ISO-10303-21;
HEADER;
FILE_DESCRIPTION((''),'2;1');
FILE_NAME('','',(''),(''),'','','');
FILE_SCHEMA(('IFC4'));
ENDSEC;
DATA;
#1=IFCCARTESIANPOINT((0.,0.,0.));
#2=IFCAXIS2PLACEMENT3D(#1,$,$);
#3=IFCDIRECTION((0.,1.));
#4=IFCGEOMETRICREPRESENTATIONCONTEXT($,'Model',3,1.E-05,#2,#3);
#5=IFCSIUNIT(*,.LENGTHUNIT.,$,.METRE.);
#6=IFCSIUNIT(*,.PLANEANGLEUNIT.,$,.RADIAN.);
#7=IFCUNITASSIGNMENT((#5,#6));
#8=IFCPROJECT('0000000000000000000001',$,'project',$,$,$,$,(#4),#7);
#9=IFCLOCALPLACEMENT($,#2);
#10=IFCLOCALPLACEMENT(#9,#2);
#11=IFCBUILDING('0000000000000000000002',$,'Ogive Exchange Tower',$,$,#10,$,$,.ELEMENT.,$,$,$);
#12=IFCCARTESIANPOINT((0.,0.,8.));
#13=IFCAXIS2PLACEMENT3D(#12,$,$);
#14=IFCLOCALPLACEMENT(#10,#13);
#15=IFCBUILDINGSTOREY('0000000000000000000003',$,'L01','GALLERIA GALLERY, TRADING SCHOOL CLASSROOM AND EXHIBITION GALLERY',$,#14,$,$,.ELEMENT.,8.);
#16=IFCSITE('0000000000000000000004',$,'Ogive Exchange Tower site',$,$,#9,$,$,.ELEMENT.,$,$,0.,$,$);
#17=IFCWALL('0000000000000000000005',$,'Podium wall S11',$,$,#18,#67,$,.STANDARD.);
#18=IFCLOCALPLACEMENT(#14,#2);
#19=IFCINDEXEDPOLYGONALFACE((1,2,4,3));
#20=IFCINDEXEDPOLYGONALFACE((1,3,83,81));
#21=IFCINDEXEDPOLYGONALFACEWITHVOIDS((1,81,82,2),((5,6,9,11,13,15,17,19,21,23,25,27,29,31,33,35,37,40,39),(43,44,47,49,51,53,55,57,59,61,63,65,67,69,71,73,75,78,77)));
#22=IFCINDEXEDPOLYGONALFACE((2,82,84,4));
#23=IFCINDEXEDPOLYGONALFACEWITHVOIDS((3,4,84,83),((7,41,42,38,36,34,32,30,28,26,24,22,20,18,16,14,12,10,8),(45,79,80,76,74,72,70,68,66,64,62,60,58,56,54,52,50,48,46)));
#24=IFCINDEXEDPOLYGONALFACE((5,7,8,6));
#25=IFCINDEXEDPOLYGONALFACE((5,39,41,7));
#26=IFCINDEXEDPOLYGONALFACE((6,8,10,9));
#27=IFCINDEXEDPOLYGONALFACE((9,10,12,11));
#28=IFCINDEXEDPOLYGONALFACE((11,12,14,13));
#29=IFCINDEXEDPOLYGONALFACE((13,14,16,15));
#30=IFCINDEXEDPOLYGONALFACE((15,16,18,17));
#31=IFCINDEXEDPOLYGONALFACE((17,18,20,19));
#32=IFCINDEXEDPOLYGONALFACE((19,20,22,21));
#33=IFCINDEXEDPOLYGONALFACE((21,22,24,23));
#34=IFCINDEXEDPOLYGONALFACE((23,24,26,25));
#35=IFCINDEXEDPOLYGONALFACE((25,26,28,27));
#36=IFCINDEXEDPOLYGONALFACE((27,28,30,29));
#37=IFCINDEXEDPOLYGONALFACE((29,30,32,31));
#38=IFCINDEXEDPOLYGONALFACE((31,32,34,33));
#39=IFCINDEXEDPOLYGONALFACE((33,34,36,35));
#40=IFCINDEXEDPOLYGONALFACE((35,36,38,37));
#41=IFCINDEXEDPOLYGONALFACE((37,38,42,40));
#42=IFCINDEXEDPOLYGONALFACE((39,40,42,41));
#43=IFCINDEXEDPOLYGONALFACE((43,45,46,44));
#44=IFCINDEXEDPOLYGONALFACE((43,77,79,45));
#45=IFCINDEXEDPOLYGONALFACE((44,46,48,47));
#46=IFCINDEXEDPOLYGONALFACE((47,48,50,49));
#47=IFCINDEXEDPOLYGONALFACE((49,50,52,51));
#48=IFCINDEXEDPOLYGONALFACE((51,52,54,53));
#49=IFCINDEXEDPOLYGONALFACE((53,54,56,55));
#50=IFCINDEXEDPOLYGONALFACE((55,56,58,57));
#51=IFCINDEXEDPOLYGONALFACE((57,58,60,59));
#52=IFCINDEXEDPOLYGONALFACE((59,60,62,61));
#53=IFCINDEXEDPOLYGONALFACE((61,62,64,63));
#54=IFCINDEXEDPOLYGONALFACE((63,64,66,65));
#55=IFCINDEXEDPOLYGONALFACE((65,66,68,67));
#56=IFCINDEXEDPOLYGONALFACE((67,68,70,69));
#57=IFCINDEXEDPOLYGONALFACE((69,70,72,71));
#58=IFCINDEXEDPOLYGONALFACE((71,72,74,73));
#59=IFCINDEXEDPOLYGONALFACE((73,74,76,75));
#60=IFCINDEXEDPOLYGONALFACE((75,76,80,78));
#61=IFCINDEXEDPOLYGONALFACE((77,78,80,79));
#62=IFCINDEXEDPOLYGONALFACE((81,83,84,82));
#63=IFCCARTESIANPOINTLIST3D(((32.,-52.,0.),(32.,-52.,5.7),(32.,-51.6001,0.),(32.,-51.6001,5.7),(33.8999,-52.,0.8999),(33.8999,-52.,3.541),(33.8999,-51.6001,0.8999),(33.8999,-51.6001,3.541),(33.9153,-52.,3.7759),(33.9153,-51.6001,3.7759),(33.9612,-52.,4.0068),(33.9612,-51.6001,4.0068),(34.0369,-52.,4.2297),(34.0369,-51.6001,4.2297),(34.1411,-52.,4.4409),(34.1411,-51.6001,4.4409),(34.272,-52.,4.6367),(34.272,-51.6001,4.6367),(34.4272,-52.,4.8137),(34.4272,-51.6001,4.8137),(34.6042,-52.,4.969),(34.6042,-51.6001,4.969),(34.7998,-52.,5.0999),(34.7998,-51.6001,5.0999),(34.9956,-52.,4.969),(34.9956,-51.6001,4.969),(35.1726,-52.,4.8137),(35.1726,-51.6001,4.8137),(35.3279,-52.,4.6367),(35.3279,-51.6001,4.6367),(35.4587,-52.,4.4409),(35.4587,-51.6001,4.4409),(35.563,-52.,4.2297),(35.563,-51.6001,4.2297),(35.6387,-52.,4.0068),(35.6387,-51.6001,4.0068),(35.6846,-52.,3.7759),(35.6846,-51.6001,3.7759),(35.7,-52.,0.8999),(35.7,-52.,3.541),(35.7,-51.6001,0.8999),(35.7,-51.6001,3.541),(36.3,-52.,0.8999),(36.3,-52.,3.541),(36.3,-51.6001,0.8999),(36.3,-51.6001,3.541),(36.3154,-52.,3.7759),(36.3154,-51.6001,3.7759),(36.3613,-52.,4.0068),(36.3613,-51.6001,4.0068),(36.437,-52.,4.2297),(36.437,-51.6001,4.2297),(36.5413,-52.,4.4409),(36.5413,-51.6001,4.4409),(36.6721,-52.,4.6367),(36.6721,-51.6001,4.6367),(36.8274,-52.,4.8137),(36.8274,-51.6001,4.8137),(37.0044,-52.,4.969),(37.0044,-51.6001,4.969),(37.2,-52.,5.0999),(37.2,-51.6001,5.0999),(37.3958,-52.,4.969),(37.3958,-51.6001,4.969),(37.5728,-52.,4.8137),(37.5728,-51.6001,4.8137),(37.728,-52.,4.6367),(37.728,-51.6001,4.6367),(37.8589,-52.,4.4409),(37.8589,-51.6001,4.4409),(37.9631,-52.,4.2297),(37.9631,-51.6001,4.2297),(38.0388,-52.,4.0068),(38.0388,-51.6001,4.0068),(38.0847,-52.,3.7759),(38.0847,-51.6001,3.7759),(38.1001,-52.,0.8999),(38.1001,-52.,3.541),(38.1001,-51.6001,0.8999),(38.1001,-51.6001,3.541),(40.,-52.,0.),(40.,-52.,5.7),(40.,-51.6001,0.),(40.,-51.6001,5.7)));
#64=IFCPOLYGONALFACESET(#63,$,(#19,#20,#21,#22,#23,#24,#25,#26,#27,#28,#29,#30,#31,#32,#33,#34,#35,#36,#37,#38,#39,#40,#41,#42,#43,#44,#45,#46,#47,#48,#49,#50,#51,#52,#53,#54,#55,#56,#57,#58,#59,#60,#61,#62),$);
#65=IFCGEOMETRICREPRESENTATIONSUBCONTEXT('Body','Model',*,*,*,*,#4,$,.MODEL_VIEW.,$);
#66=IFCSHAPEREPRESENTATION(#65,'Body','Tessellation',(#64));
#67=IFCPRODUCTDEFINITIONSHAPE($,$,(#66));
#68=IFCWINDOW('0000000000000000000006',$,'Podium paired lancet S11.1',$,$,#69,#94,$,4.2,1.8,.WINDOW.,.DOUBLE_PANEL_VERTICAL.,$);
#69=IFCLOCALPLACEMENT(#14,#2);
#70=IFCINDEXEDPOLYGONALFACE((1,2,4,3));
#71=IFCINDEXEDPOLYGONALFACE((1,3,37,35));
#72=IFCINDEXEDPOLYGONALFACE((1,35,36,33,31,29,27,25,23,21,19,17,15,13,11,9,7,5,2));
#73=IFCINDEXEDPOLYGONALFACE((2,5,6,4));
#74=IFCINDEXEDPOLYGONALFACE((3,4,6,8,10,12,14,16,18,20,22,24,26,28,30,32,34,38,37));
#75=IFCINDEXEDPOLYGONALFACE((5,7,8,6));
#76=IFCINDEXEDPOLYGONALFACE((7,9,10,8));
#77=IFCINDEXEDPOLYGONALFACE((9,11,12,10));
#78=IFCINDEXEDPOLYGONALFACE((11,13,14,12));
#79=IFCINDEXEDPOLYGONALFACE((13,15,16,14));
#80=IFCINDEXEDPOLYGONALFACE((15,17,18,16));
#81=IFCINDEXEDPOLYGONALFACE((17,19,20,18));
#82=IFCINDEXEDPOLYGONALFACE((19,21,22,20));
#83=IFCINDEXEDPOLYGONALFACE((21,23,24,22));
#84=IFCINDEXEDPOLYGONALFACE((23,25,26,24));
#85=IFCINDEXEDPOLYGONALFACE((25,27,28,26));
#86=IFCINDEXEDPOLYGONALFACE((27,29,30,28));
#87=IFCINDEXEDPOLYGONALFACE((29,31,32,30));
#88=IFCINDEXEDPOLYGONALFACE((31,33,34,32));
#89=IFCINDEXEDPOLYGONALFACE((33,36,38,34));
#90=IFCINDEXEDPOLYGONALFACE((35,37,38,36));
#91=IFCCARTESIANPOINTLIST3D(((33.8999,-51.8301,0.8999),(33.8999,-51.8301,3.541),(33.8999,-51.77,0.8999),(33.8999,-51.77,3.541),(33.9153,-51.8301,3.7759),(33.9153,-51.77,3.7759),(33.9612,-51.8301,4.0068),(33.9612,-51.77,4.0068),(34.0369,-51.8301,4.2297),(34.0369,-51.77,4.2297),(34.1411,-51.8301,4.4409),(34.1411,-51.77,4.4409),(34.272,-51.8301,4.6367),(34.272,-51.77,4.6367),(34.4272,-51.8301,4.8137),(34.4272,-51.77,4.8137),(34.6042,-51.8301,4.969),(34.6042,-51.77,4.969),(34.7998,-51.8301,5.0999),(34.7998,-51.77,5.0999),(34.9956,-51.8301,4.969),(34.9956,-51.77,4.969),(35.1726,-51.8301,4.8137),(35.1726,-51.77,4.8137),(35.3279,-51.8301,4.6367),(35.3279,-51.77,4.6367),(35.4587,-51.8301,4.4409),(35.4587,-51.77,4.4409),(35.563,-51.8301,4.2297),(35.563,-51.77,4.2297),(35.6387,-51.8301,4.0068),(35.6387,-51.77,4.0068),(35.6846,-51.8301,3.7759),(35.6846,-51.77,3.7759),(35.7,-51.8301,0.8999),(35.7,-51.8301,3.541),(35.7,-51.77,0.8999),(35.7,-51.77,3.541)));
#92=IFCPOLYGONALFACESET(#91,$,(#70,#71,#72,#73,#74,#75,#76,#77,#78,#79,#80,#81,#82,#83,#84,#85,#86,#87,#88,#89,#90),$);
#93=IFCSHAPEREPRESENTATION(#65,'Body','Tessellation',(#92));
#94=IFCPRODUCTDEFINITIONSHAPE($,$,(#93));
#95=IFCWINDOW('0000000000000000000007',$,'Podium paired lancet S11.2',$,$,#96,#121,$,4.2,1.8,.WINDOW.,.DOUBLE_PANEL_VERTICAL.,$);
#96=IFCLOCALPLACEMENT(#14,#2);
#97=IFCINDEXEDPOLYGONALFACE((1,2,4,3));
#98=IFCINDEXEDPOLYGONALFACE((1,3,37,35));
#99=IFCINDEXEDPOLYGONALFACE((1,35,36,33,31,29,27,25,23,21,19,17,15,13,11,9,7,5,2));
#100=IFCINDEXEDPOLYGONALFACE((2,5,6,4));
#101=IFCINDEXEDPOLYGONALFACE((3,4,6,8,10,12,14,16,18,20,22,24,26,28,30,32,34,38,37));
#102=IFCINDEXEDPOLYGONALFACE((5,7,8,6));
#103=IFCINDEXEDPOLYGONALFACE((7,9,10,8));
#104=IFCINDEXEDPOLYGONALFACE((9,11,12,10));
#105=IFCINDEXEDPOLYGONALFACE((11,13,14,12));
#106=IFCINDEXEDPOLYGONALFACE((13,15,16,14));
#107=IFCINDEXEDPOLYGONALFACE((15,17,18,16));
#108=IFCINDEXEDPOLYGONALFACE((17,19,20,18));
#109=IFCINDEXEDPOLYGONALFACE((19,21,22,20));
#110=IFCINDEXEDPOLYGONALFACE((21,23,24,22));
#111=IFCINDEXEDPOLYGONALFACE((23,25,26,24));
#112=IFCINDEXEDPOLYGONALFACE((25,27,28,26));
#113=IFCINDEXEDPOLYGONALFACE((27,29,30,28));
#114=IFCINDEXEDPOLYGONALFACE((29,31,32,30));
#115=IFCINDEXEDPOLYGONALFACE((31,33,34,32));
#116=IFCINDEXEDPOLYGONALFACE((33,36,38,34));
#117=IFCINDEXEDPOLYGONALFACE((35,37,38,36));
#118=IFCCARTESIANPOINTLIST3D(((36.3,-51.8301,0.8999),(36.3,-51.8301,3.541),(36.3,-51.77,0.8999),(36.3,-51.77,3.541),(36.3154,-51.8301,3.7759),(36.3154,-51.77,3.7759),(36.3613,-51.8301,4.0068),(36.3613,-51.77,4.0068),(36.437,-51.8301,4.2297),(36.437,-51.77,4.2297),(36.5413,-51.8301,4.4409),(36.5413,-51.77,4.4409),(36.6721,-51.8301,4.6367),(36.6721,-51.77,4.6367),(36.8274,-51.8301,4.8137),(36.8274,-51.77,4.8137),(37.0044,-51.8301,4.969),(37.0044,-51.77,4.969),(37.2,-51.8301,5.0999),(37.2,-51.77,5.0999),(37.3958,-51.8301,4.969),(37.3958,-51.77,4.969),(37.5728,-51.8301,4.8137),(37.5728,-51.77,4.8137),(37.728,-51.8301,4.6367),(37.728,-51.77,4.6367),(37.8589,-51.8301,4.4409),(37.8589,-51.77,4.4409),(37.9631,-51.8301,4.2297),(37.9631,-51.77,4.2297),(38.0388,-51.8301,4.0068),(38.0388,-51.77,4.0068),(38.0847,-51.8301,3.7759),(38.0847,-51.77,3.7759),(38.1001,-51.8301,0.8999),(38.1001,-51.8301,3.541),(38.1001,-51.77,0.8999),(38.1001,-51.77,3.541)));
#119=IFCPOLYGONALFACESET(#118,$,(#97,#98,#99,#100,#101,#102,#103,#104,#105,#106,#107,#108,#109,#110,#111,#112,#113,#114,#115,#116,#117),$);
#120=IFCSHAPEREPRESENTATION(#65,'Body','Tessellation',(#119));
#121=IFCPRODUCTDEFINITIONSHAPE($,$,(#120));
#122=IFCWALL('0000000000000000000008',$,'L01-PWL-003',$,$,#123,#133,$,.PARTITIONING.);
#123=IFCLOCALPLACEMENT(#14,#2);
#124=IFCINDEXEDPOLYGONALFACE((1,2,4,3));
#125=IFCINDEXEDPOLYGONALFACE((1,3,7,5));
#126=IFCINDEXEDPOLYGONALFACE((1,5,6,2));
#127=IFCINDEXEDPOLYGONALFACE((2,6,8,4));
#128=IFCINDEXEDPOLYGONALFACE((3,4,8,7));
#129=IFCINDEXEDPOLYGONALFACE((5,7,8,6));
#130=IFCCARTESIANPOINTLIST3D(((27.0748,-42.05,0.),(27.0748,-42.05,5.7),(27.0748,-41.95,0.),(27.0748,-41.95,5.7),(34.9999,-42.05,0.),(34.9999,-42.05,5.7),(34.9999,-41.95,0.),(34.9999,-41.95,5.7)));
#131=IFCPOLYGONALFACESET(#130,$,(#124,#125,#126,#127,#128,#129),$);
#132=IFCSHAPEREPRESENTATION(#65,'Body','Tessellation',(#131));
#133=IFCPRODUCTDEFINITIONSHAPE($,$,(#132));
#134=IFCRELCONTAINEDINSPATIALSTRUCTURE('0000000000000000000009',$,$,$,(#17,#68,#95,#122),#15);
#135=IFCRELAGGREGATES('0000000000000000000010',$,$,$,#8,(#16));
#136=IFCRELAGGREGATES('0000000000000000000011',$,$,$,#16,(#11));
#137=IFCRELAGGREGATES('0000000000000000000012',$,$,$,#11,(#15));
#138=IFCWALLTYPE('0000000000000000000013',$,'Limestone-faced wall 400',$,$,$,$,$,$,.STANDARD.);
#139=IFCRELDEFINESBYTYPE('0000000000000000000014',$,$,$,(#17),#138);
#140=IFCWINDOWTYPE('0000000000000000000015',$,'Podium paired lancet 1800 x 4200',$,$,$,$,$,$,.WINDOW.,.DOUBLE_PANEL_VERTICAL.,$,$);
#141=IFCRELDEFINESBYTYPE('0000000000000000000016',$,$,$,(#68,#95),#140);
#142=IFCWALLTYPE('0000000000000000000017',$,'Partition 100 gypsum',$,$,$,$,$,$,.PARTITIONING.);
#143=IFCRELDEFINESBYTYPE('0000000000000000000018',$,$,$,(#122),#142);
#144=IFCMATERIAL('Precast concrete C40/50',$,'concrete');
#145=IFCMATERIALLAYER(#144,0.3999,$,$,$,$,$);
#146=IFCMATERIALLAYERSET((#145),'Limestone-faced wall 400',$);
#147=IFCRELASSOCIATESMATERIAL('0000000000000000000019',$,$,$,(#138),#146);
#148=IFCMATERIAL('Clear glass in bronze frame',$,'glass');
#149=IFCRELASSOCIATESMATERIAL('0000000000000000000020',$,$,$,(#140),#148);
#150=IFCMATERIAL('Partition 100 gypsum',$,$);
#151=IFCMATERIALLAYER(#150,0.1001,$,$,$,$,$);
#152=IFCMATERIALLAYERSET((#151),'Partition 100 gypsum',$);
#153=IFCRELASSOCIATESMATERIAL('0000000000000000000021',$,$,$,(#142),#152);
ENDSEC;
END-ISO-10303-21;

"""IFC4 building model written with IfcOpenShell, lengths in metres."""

from ifc_helpers import new_model, si_unit, direction, frame, frame_2d, origin, place, context, subcontext, project, spatial, polyline, rectangle, outline, extrude, material, layer, layer_set, type_object, element, fill, save


model = new_model("IFC4")

# Units and contexts
model_context = context("Model", 3, precision=1e-05, world=origin(), true_north=direction((0.0, 1.0)))
body_context = subcontext(model_context, "Body", "Model", "MODEL_VIEW")
ifc_project = project(units=[si_unit("LENGTHUNIT", "METRE"), si_unit("PLANEANGLEUNIT", "RADIAN")], contexts=[model_context])

# Site, building, storey
site_placement = place(None, origin())
site = spatial("IfcSite", under=ifc_project, at=site_placement, Name="Ogive Exchange Tower site", CompositionType="ELEMENT", RefElevation=0.0)
building_placement = place(site_placement, origin())
building = spatial("IfcBuilding", under=site, at=building_placement, Name="Ogive Exchange Tower", CompositionType="ELEMENT")
storey_placement = place(building_placement, frame((0.0, 0.0, 8.0)))
storey = spatial("IfcBuildingStorey", under=building, at=storey_placement, Name="L01", Description="GALLERIA GALLERY, TRADING SCHOOL CLASSROOM AND EXHIBITION GALLERY", CompositionType="ELEMENT", Elevation=8.0)

# Shared definitions
ifc_material_1 = material(Name="Precast concrete C40/50", Category="concrete")
ifc_layer_1 = layer(ifc_material_1, 0.3999)
ifc_layer_set_1 = layer_set([ifc_layer_1], Name="Limestone-faced wall 400")
wall_type_1 = type_object("IfcWallType", Name="Limestone-faced wall 400", PredefinedType="STANDARD", material=ifc_layer_set_1)
ifc_material_2 = material(Name="Clear glass in bronze frame", Category="glass")

# Wall, openings, windows
wall_1_placement = place(storey_placement, frame((32.0, -51.8, 0.0), z_axis=(0.0, 0.0, 1.0), x_axis=(1.0, 0.0, 0.0)))
wall_1 = element("IfcWall", 1, at=wall_1_placement, inside=storey, type_object=wall_type_1, Name="Podium wall S11", PredefinedType="STANDARD", context=body_context, shape_type="SweptSolid", body=[
    extrude(rectangle(XDim=8.0, YDim=0.3999, at=frame_2d((4.0, 0.0))), origin(), (0.0, 0.0, 1.0), 5.7),
])
opening_1_placement = place(wall_1_placement, frame((1.8999, 0.0, 0.8999)))
opening_1 = element("IfcOpeningElement", 2, at=opening_1_placement, cuts=wall_1, PredefinedType="OPENING", context=body_context, shape_type="SweptSolid", body=[
    extrude(outline(polyline([(0.0, 0.0), (1.8, 0.0), (1.8, 2.6411), (1.7847, 2.876), (1.7388, 3.1069), (1.6631, 3.3298), (1.5588, 3.541), (1.428, 3.7368), (1.2727, 3.9138), (1.0957, 4.0691), (0.8999, 4.2), (0.7043, 4.0691), (0.5273, 3.9138), (0.3721, 3.7368), (0.2412, 3.541), (0.137, 3.3298), (0.0613, 3.1069), (0.0154, 2.876), (0.0, 2.6411), (0.0, 0.0)])), frame((0.0, 0.21, 0.0), z_axis=(0.0, -1.0, 0.0), x_axis=(1.0, 0.0, 0.0)), (0.0, 0.0, 1.0), 0.4199),
])
opening_2_placement = place(wall_1_placement, frame((4.3, 0.0, 0.8999)))
opening_2 = element("IfcOpeningElement", 3, at=opening_2_placement, cuts=wall_1, PredefinedType="OPENING", context=body_context, shape_type="SweptSolid", body=[
    extrude(outline(polyline([(0.0, 0.0), (1.8, 0.0), (1.8, 2.6411), (1.7847, 2.876), (1.7388, 3.1069), (1.6631, 3.3298), (1.5588, 3.541), (1.428, 3.7368), (1.2727, 3.9138), (1.0957, 4.0691), (0.8999, 4.2), (0.7043, 4.0691), (0.5273, 3.9138), (0.3721, 3.7368), (0.2412, 3.541), (0.137, 3.3298), (0.0613, 3.1069), (0.0154, 2.876), (0.0, 2.6411), (0.0, 0.0)])), frame((0.0, 0.21, 0.0), z_axis=(0.0, -1.0, 0.0), x_axis=(1.0, 0.0, 0.0)), (0.0, 0.0, 1.0), 0.4199),
])
window_type_1 = type_object("IfcWindowType", Name="Podium paired lancet 1800 x 4200", PartitioningType="DOUBLE_PANEL_VERTICAL", PredefinedType="WINDOW", material=ifc_material_2)
window_1_placement = place(opening_1_placement, origin())
window_1 = element("IfcWindow", 4, at=window_1_placement, inside=storey, type_object=window_type_1, Name="Podium paired lancet S11.1", OverallHeight=4.2, OverallWidth=1.8, PartitioningType="DOUBLE_PANEL_VERTICAL", PredefinedType="WINDOW", context=body_context, shape_type="SweptSolid", body=[
    extrude(outline(polyline([(0.0, 0.0), (1.8, 0.0), (1.8, 2.6411), (1.7847, 2.876), (1.7388, 3.1069), (1.6631, 3.3298), (1.5588, 3.541), (1.428, 3.7368), (1.2727, 3.9138), (1.0957, 4.0691), (0.8999, 4.2), (0.7043, 4.0691), (0.5273, 3.9138), (0.3721, 3.7368), (0.2412, 3.541), (0.137, 3.3298), (0.0613, 3.1069), (0.0154, 2.876), (0.0, 2.6411), (0.0, 0.0)])), frame((0.0, 0.03, 0.0), z_axis=(0.0, -1.0, 0.0), x_axis=(1.0, 0.0, 0.0)), (0.0, 0.0, 1.0), 0.0601),
])
fill(opening_1, window_1)
window_2_placement = place(opening_2_placement, origin())
window_2 = element("IfcWindow", 5, at=window_2_placement, inside=storey, type_object=window_type_1, Name="Podium paired lancet S11.2", OverallHeight=4.2, OverallWidth=1.8, PartitioningType="DOUBLE_PANEL_VERTICAL", PredefinedType="WINDOW", context=body_context, shape_type="SweptSolid", body=[
    extrude(outline(polyline([(0.0, 0.0), (1.8, 0.0), (1.8, 2.6411), (1.7847, 2.876), (1.7388, 3.1069), (1.6631, 3.3298), (1.5588, 3.541), (1.428, 3.7368), (1.2727, 3.9138), (1.0957, 4.0691), (0.8999, 4.2), (0.7043, 4.0691), (0.5273, 3.9138), (0.3721, 3.7368), (0.2412, 3.541), (0.137, 3.3298), (0.0613, 3.1069), (0.0154, 2.876), (0.0, 2.6411), (0.0, 0.0)])), frame((0.0, 0.03, 0.0), z_axis=(0.0, -1.0, 0.0), x_axis=(1.0, 0.0, 0.0)), (0.0, 0.0, 1.0), 0.0601),
])
fill(opening_2, window_2)

# Wall
ifc_material_3 = material(Name="Partition 100 gypsum")
ifc_layer_2 = layer(ifc_material_3, 0.1001)
ifc_layer_set_2 = layer_set([ifc_layer_2], Name="Partition 100 gypsum")
wall_type_2 = type_object("IfcWallType", Name="Partition 100 gypsum", PredefinedType="PARTITIONING", material=ifc_layer_set_2)
wall_2_placement = place(storey_placement, frame((27.075, -42.0, 0.0), z_axis=(0.0, 0.0, 1.0), x_axis=(1.0, 0.0, 0.0)))
element("IfcWall", 6, at=wall_2_placement, inside=storey, type_object=wall_type_2, Name="L01-PWL-003", PredefinedType="PARTITIONING", context=body_context, shape_type="SweptSolid", body=[
    extrude(rectangle(XDim=7.925, YDim=0.1001, at=frame_2d((3.9624, 0.0))), origin(), (0.0, 0.0, 1.0), 5.7),
])

save(model, "model.ifc")
